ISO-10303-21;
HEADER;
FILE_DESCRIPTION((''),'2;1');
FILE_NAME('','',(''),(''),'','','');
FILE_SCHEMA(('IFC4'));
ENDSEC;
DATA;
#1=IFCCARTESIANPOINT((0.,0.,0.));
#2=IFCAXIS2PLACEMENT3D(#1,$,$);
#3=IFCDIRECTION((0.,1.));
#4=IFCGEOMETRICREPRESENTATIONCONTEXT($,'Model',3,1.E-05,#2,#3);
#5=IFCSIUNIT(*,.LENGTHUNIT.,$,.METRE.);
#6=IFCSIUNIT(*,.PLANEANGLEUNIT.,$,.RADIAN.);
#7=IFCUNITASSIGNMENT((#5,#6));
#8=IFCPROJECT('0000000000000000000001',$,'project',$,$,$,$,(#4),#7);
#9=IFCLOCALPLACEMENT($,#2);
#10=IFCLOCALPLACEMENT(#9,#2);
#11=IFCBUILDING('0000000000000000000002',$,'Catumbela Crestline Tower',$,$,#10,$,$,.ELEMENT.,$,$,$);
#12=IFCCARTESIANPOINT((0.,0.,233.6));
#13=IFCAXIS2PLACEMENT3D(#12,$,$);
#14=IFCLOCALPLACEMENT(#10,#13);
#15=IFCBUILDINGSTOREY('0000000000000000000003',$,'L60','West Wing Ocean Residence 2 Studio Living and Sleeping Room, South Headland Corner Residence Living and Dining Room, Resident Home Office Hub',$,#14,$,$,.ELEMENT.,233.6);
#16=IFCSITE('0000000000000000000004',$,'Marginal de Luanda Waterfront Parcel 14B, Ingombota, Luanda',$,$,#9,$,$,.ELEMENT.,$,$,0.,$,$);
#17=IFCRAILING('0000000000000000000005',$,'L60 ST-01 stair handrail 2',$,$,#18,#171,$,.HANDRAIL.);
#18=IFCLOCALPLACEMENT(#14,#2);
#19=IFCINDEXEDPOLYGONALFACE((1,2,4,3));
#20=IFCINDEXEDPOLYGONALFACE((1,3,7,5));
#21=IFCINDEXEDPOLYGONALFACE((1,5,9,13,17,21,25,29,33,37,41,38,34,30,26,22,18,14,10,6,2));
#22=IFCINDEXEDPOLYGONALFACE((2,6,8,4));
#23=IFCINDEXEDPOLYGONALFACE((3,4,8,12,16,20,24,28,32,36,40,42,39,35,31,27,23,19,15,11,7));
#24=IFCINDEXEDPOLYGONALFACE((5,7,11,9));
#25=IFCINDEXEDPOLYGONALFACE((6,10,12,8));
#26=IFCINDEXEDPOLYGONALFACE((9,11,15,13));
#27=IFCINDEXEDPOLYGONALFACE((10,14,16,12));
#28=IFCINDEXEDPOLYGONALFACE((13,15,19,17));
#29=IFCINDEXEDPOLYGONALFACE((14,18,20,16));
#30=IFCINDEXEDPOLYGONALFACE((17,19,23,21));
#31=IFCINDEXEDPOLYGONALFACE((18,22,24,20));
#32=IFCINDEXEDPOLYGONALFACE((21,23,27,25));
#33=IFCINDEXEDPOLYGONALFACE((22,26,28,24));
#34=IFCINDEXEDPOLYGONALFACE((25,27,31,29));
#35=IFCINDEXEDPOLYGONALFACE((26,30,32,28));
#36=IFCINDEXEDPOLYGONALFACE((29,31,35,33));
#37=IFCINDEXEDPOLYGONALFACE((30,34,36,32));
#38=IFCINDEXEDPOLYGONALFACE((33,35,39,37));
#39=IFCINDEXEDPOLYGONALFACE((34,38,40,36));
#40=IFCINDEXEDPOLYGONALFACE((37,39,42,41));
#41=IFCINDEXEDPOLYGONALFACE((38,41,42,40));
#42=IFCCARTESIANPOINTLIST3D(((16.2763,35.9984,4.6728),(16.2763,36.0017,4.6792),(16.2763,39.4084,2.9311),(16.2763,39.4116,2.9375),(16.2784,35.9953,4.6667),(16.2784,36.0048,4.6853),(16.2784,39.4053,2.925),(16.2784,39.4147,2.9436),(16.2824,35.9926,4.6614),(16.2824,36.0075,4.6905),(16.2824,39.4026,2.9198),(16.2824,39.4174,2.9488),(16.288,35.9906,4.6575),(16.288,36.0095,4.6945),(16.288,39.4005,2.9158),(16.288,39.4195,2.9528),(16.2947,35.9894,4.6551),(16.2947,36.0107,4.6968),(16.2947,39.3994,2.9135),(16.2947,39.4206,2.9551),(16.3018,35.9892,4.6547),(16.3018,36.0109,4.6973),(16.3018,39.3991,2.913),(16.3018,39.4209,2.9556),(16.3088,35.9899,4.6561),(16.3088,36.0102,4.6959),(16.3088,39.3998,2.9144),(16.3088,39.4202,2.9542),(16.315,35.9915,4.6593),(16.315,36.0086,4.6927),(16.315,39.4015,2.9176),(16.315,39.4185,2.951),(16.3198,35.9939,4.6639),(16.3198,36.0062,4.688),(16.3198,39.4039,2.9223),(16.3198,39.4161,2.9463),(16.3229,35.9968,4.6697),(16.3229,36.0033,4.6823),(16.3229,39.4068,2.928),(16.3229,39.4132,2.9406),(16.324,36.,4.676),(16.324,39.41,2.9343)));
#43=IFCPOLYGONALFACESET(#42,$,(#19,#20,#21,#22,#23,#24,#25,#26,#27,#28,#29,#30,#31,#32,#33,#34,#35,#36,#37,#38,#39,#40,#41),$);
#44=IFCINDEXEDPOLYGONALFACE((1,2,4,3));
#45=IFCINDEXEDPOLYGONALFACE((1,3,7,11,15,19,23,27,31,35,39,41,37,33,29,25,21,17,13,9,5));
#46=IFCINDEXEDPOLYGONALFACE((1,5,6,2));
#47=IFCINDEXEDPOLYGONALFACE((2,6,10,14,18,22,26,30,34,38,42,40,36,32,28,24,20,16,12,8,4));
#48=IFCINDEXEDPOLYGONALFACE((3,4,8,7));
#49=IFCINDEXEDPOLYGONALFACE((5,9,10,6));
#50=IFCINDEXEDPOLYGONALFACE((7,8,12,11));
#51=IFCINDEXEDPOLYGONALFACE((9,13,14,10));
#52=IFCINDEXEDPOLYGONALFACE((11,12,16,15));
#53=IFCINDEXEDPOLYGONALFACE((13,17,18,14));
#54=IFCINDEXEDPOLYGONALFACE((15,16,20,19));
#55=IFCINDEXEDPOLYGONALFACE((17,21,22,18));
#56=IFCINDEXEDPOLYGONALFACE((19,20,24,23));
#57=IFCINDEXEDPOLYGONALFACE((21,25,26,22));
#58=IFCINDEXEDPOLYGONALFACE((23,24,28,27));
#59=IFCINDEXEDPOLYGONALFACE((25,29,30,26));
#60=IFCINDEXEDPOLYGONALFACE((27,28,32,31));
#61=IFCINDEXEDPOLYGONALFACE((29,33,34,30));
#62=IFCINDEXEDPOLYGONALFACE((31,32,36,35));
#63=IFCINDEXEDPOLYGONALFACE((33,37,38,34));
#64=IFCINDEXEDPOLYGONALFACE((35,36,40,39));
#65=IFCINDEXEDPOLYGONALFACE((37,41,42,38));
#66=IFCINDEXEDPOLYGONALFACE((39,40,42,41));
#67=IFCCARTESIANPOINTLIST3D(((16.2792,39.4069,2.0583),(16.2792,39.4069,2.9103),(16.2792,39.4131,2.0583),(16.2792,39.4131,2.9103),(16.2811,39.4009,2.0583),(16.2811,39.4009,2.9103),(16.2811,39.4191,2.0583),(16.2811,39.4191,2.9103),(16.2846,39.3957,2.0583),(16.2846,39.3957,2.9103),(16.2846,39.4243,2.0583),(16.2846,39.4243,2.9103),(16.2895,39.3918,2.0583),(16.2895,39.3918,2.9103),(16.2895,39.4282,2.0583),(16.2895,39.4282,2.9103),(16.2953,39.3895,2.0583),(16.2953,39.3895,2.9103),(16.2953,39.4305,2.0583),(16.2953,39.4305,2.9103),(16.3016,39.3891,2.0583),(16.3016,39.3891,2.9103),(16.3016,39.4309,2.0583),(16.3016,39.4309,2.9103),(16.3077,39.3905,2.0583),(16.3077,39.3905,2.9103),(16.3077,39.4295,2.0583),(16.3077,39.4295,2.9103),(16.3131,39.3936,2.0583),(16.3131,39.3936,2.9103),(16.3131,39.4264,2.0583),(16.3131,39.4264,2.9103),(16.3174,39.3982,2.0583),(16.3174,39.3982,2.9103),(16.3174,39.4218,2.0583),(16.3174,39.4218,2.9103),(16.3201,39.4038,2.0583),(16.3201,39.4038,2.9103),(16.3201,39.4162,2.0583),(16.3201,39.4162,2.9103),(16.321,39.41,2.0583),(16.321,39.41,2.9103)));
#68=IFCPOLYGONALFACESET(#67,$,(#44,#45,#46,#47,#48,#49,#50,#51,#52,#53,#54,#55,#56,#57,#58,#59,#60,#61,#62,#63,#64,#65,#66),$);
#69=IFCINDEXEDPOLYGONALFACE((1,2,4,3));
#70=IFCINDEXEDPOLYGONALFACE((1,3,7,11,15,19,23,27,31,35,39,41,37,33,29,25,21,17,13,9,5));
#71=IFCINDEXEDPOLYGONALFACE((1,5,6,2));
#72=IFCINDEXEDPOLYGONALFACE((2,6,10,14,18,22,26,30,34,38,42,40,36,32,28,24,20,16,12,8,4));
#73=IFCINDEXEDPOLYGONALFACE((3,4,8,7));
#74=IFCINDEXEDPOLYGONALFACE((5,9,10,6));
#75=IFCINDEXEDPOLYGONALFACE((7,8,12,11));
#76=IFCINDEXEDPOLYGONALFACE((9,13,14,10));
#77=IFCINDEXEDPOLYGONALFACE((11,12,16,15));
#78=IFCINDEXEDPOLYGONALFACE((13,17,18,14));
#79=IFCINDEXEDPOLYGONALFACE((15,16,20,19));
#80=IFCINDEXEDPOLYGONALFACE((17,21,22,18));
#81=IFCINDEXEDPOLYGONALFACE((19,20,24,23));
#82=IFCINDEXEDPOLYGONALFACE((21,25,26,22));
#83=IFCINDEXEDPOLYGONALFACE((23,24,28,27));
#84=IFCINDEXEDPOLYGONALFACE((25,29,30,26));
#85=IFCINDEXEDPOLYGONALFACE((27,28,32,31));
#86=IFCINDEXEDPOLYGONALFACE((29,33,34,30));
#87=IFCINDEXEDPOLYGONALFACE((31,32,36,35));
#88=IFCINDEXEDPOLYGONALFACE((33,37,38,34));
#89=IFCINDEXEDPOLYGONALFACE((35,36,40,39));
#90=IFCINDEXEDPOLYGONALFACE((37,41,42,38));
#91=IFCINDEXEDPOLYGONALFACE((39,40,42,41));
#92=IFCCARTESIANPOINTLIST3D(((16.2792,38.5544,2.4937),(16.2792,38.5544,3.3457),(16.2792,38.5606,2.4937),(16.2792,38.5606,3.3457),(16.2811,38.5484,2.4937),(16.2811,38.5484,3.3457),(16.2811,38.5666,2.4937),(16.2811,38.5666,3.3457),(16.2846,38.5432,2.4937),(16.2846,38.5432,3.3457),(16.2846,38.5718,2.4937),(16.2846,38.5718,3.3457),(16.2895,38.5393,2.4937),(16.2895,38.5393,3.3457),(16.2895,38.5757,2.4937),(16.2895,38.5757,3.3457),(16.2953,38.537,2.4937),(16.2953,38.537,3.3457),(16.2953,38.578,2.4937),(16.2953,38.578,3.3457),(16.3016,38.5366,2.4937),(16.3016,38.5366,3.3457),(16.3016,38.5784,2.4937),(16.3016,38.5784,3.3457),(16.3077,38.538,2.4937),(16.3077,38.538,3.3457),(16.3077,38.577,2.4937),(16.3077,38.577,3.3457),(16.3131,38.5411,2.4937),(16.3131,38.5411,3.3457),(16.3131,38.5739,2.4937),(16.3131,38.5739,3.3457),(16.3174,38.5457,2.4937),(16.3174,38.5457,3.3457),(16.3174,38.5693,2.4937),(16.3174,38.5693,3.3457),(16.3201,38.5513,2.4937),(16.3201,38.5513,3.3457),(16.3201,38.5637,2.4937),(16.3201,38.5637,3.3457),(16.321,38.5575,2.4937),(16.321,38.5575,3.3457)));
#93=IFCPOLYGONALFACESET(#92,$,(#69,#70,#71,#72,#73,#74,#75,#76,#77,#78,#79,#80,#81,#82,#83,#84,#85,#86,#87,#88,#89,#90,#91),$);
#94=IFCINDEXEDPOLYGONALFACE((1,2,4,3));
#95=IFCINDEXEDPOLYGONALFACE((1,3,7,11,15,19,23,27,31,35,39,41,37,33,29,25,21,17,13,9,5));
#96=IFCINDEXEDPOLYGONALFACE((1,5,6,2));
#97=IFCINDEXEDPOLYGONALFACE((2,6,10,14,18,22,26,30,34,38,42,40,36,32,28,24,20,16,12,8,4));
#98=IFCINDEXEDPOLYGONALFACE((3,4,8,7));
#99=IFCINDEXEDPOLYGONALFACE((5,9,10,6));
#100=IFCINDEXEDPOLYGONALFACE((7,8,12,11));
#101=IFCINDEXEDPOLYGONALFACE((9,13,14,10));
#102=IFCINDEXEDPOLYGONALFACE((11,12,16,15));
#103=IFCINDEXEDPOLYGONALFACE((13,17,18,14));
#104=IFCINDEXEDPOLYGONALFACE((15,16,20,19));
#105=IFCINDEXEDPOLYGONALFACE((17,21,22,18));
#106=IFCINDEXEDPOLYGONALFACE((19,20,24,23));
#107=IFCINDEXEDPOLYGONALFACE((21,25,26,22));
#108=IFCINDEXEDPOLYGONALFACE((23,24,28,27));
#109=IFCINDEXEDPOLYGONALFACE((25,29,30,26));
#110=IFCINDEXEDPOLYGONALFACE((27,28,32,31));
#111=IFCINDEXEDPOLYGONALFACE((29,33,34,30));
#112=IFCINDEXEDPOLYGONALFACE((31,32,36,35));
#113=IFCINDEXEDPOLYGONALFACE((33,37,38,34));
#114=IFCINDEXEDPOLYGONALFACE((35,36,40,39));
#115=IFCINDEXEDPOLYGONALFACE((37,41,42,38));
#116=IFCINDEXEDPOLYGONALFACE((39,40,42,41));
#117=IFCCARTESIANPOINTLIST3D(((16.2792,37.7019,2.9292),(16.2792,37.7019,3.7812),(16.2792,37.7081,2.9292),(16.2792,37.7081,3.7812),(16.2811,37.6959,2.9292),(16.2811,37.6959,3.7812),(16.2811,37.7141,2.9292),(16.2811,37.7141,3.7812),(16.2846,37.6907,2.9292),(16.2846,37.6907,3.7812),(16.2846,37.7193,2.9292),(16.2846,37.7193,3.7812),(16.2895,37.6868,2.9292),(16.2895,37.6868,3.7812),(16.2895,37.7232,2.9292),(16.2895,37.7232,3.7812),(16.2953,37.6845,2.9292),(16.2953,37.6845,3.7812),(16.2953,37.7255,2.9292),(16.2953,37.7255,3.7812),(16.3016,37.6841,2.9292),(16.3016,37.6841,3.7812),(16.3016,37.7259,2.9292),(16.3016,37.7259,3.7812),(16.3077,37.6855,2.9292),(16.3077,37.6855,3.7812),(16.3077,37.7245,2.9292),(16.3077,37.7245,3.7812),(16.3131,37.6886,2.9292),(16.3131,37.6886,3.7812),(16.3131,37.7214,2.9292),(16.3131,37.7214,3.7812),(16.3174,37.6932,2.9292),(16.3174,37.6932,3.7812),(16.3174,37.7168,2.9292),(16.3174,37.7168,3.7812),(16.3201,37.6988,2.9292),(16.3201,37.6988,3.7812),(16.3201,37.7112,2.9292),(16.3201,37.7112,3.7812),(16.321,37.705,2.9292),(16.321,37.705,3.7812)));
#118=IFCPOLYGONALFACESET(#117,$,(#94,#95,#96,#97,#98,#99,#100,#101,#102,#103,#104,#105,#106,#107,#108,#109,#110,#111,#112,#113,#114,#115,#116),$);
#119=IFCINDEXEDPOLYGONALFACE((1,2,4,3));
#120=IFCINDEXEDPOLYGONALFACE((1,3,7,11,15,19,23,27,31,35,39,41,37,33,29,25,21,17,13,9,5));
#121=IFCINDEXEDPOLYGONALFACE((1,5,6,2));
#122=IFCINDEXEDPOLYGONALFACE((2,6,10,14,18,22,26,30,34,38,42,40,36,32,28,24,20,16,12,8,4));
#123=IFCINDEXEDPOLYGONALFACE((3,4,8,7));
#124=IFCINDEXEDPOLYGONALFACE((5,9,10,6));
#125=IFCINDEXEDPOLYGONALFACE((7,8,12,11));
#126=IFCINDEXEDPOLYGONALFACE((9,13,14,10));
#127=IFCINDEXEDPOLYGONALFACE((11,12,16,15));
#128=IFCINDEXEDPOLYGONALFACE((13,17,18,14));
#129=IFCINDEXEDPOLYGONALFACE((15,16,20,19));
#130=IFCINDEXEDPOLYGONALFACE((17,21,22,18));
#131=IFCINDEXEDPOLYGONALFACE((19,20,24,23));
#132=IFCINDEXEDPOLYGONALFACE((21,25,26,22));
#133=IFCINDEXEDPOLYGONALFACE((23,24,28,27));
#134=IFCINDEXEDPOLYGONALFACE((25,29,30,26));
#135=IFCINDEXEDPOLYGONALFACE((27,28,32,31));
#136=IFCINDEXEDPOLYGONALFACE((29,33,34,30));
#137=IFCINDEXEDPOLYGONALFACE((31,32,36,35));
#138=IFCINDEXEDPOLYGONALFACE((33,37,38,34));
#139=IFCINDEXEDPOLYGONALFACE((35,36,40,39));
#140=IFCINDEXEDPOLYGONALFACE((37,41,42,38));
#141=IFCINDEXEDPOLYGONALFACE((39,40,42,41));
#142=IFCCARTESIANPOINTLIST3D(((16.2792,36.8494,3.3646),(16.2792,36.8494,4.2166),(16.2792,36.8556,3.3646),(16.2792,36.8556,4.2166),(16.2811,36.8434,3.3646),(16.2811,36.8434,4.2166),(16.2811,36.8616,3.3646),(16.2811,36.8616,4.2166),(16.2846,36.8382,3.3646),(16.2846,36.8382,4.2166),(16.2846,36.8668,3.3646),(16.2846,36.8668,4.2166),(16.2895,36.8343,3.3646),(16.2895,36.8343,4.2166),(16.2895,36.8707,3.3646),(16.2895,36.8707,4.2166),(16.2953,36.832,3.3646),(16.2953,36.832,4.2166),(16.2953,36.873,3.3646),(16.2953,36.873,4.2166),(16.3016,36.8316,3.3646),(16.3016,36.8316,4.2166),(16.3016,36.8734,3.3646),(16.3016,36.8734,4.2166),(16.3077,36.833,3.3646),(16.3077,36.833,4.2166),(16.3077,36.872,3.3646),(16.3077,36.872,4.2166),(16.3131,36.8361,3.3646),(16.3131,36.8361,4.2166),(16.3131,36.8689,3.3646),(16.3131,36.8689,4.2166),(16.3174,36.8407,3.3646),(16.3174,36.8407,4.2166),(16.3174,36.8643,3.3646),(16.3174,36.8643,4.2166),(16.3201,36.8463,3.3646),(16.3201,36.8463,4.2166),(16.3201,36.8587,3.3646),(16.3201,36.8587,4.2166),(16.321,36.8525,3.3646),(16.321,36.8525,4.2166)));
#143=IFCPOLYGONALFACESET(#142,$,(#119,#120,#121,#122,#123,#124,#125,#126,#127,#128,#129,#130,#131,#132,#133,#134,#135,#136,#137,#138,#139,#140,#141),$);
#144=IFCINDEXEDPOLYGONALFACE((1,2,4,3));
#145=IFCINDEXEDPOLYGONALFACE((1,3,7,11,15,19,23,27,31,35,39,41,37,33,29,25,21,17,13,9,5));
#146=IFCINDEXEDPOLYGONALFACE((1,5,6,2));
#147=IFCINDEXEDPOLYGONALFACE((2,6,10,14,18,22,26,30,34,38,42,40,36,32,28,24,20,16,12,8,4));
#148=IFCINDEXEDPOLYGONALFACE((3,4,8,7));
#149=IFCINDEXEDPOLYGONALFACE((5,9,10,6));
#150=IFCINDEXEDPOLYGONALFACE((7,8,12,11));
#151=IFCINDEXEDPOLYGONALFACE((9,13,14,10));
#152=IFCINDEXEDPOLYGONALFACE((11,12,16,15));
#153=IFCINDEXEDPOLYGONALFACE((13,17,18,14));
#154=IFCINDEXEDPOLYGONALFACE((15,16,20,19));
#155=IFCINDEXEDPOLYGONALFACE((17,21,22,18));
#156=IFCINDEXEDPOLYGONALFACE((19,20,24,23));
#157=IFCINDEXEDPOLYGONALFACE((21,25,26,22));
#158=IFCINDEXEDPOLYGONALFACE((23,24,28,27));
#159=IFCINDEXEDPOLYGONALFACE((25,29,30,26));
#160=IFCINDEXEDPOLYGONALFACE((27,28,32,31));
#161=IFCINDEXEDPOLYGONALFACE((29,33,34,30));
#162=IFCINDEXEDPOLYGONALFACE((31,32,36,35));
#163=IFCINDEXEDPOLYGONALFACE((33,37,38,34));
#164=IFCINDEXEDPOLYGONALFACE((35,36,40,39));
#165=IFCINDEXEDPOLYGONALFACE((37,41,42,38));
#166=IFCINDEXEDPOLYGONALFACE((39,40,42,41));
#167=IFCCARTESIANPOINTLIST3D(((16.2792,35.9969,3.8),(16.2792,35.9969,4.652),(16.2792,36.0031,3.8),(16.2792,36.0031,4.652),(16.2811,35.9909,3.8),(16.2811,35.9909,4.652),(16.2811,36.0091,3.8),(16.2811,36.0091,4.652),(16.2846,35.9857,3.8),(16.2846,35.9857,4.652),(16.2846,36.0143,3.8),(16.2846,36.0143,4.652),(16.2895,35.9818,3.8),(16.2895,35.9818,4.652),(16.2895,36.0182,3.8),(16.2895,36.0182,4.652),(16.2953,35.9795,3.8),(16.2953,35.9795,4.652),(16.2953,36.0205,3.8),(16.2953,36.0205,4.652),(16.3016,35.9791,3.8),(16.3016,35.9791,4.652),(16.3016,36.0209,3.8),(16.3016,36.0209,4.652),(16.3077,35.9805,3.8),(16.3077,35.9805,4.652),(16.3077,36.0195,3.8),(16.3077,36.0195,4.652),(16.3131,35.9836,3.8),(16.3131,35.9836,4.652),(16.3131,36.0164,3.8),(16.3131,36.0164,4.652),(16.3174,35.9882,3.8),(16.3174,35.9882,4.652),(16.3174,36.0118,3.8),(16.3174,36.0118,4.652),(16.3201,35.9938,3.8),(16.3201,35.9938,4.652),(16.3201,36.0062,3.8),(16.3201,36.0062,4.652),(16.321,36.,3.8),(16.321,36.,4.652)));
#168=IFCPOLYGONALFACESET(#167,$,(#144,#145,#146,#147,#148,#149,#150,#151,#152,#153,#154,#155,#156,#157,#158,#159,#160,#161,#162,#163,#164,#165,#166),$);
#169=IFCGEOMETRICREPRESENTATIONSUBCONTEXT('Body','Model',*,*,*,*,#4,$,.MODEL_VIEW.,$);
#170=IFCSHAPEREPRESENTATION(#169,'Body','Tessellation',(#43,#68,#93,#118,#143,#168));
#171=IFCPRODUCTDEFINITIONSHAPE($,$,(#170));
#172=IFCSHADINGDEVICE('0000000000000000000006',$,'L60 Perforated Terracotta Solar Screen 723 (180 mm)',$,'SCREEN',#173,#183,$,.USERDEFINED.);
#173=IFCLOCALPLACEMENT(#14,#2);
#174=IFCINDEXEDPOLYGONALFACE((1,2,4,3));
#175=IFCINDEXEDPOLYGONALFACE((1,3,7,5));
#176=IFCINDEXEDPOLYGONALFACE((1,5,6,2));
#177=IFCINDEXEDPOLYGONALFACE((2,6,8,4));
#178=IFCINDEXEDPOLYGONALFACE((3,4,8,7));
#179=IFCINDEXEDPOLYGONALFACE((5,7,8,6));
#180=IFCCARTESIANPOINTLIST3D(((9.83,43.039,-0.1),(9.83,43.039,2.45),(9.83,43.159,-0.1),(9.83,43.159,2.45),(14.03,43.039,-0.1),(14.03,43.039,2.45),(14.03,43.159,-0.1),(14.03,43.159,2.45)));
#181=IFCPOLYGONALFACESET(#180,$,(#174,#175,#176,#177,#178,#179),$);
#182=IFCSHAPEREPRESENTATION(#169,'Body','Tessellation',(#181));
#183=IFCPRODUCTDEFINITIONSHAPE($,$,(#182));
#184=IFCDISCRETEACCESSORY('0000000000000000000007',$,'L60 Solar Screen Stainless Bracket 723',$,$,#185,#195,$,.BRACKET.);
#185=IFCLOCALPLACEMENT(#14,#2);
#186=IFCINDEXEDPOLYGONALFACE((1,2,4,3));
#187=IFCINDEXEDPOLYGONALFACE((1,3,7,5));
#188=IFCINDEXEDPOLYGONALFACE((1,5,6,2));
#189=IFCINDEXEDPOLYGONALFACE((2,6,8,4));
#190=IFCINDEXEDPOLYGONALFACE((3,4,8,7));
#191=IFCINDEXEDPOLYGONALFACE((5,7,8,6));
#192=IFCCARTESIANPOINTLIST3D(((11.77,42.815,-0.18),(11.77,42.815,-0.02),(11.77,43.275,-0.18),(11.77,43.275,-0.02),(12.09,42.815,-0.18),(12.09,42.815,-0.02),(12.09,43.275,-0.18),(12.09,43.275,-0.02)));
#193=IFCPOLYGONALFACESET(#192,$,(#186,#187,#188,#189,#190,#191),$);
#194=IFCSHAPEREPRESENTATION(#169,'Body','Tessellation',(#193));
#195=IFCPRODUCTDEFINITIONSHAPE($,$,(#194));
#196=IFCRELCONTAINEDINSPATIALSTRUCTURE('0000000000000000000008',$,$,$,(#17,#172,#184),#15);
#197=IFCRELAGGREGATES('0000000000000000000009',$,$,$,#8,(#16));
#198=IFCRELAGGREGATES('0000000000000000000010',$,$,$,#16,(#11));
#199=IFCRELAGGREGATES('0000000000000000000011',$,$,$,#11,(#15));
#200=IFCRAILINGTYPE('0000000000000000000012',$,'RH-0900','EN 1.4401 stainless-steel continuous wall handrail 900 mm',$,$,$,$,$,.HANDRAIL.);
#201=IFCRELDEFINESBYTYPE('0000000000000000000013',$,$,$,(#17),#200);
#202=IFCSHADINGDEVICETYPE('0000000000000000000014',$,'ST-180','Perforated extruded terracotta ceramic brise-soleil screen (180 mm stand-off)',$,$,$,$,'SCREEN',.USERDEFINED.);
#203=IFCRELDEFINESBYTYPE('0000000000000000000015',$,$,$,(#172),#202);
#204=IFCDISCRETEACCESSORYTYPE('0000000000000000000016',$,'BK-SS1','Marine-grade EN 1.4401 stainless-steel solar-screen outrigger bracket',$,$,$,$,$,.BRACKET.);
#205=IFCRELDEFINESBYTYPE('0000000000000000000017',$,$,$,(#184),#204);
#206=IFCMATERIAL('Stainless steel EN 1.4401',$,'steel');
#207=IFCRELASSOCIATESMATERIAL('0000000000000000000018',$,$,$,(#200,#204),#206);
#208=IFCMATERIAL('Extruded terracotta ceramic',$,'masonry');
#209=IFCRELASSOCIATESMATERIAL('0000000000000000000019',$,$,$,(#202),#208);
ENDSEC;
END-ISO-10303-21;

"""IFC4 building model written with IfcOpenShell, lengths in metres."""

from ifc_helpers import new_model, si_unit, direction, frame, origin, origin_2d, place, context, subcontext, project, spatial, rectangle, circle, extrude, material, type_object, element, save


model = new_model("IFC4")

# Units and contexts
model_context = context("Model", 3, precision=1e-05, world=origin(), true_north=direction((0.0, 1.0)))
body_context = subcontext(model_context, "Body", "Model", "MODEL_VIEW")
ifc_project = project(units=[si_unit("LENGTHUNIT", "METRE"), si_unit("PLANEANGLEUNIT", "RADIAN")], contexts=[model_context])

# Site, building, storey
site_placement = place(None, origin())
site = spatial("IfcSite", under=ifc_project, at=site_placement, Name="Marginal de Luanda Waterfront Parcel 14B, Ingombota, Luanda", CompositionType="ELEMENT", RefElevation=0.0)
building_placement = place(site_placement, origin())
building = spatial("IfcBuilding", under=site, at=building_placement, Name="Catumbela Crestline Tower", CompositionType="ELEMENT")
storey_placement = place(building_placement, frame((0.0, 0.0, 233.6)))
storey = spatial("IfcBuildingStorey", under=building, at=storey_placement, Name="L60", Description="West Wing Ocean Residence 2 Studio Living and Sleeping Room, South Headland Corner Residence Living and Dining Room, Resident Home Office Hub", CompositionType="ELEMENT", Elevation=233.6)

# Shared definitions
ifc_material_1 = material(Name="Stainless steel EN 1.4401", Category="steel")

# Railing
railing_type_1 = type_object("IfcRailingType", Name="RH-0900", Description="EN 1.4401 stainless-steel continuous wall handrail 900 mm", PredefinedType="HANDRAIL", material=ifc_material_1)
railing_1_placement = place(storey_placement, frame((16.3, 39.41, 2.0583)))
element("IfcRailing", 1, at=railing_1_placement, inside=storey, type_object=railing_type_1, Name="L60 ST-01 stair handrail 2", PredefinedType="HANDRAIL", context=body_context, shape_type="SweptSolid", body=[
    extrude(circle(Radius=0.024, at=origin_2d()), frame((0.0, 0.0, 0.876), z_axis=(0.0, -0.89056, 0.454865), x_axis=(1.0, 0.0, 0.0)), (0.0, 0.0, 1.0), 3.829),
    extrude(circle(Radius=0.021, at=origin_2d()), origin(), (0.0, 0.0, 1.0), 0.852),
    extrude(circle(Radius=0.021, at=origin_2d()), frame((0.0, -0.8525, 0.4354)), (0.0, 0.0, 1.0), 0.852),
    extrude(circle(Radius=0.021, at=origin_2d()), frame((0.0, -1.705, 0.8709)), (0.0, 0.0, 1.0), 0.852),
    extrude(circle(Radius=0.021, at=origin_2d()), frame((0.0, -2.5575, 1.3063)), (0.0, 0.0, 1.0), 0.852),
    extrude(circle(Radius=0.021, at=origin_2d()), frame((0.0, -3.41, 1.7417)), (0.0, 0.0, 1.0), 0.852),
])

# Shading device
ifc_material_2 = material(Name="Extruded terracotta ceramic", Category="masonry")
shading_device_type = type_object("IfcShadingDeviceType", Name="ST-180", Description="Perforated extruded terracotta ceramic brise-soleil screen (180 mm stand-off)", ElementType="SCREEN", PredefinedType="USERDEFINED", material=ifc_material_2)
shading_device_placement = place(storey_placement, frame((11.93, 43.099, -0.1), z_axis=(0.0, 0.0, 1.0), x_axis=(-1.0, 0.0, 0.0)))
element("IfcShadingDevice", 2, at=shading_device_placement, inside=storey, type_object=shading_device_type, Name="L60 Perforated Terracotta Solar Screen 723 (180 mm)", ObjectType="SCREEN", PredefinedType="USERDEFINED", context=body_context, shape_type="SweptSolid", body=[
    extrude(rectangle(XDim=4.2, YDim=0.12, at=origin_2d()), origin(), (0.0, 0.0, 1.0), 2.55),
])

# Discrete accessory
discrete_accessory_type = type_object("IfcDiscreteAccessoryType", Name="BK-SS1", Description="Marine-grade EN 1.4401 stainless-steel solar-screen outrigger bracket", PredefinedType="BRACKET", material=ifc_material_1)
discrete_accessory_placement = place(storey_placement, frame((11.93, 43.045, -0.18), z_axis=(0.0, 0.0, 1.0), x_axis=(-1.0, 0.0, 0.0)))
element("IfcDiscreteAccessory", 3, at=discrete_accessory_placement, inside=storey, type_object=discrete_accessory_type, Name="L60 Solar Screen Stainless Bracket 723", PredefinedType="BRACKET", context=body_context, shape_type="SweptSolid", body=[
    extrude(rectangle(XDim=0.32, YDim=0.46, at=origin_2d()), origin(), (0.0, 0.0, 1.0), 0.16),
])

save(model, "model.ifc")
